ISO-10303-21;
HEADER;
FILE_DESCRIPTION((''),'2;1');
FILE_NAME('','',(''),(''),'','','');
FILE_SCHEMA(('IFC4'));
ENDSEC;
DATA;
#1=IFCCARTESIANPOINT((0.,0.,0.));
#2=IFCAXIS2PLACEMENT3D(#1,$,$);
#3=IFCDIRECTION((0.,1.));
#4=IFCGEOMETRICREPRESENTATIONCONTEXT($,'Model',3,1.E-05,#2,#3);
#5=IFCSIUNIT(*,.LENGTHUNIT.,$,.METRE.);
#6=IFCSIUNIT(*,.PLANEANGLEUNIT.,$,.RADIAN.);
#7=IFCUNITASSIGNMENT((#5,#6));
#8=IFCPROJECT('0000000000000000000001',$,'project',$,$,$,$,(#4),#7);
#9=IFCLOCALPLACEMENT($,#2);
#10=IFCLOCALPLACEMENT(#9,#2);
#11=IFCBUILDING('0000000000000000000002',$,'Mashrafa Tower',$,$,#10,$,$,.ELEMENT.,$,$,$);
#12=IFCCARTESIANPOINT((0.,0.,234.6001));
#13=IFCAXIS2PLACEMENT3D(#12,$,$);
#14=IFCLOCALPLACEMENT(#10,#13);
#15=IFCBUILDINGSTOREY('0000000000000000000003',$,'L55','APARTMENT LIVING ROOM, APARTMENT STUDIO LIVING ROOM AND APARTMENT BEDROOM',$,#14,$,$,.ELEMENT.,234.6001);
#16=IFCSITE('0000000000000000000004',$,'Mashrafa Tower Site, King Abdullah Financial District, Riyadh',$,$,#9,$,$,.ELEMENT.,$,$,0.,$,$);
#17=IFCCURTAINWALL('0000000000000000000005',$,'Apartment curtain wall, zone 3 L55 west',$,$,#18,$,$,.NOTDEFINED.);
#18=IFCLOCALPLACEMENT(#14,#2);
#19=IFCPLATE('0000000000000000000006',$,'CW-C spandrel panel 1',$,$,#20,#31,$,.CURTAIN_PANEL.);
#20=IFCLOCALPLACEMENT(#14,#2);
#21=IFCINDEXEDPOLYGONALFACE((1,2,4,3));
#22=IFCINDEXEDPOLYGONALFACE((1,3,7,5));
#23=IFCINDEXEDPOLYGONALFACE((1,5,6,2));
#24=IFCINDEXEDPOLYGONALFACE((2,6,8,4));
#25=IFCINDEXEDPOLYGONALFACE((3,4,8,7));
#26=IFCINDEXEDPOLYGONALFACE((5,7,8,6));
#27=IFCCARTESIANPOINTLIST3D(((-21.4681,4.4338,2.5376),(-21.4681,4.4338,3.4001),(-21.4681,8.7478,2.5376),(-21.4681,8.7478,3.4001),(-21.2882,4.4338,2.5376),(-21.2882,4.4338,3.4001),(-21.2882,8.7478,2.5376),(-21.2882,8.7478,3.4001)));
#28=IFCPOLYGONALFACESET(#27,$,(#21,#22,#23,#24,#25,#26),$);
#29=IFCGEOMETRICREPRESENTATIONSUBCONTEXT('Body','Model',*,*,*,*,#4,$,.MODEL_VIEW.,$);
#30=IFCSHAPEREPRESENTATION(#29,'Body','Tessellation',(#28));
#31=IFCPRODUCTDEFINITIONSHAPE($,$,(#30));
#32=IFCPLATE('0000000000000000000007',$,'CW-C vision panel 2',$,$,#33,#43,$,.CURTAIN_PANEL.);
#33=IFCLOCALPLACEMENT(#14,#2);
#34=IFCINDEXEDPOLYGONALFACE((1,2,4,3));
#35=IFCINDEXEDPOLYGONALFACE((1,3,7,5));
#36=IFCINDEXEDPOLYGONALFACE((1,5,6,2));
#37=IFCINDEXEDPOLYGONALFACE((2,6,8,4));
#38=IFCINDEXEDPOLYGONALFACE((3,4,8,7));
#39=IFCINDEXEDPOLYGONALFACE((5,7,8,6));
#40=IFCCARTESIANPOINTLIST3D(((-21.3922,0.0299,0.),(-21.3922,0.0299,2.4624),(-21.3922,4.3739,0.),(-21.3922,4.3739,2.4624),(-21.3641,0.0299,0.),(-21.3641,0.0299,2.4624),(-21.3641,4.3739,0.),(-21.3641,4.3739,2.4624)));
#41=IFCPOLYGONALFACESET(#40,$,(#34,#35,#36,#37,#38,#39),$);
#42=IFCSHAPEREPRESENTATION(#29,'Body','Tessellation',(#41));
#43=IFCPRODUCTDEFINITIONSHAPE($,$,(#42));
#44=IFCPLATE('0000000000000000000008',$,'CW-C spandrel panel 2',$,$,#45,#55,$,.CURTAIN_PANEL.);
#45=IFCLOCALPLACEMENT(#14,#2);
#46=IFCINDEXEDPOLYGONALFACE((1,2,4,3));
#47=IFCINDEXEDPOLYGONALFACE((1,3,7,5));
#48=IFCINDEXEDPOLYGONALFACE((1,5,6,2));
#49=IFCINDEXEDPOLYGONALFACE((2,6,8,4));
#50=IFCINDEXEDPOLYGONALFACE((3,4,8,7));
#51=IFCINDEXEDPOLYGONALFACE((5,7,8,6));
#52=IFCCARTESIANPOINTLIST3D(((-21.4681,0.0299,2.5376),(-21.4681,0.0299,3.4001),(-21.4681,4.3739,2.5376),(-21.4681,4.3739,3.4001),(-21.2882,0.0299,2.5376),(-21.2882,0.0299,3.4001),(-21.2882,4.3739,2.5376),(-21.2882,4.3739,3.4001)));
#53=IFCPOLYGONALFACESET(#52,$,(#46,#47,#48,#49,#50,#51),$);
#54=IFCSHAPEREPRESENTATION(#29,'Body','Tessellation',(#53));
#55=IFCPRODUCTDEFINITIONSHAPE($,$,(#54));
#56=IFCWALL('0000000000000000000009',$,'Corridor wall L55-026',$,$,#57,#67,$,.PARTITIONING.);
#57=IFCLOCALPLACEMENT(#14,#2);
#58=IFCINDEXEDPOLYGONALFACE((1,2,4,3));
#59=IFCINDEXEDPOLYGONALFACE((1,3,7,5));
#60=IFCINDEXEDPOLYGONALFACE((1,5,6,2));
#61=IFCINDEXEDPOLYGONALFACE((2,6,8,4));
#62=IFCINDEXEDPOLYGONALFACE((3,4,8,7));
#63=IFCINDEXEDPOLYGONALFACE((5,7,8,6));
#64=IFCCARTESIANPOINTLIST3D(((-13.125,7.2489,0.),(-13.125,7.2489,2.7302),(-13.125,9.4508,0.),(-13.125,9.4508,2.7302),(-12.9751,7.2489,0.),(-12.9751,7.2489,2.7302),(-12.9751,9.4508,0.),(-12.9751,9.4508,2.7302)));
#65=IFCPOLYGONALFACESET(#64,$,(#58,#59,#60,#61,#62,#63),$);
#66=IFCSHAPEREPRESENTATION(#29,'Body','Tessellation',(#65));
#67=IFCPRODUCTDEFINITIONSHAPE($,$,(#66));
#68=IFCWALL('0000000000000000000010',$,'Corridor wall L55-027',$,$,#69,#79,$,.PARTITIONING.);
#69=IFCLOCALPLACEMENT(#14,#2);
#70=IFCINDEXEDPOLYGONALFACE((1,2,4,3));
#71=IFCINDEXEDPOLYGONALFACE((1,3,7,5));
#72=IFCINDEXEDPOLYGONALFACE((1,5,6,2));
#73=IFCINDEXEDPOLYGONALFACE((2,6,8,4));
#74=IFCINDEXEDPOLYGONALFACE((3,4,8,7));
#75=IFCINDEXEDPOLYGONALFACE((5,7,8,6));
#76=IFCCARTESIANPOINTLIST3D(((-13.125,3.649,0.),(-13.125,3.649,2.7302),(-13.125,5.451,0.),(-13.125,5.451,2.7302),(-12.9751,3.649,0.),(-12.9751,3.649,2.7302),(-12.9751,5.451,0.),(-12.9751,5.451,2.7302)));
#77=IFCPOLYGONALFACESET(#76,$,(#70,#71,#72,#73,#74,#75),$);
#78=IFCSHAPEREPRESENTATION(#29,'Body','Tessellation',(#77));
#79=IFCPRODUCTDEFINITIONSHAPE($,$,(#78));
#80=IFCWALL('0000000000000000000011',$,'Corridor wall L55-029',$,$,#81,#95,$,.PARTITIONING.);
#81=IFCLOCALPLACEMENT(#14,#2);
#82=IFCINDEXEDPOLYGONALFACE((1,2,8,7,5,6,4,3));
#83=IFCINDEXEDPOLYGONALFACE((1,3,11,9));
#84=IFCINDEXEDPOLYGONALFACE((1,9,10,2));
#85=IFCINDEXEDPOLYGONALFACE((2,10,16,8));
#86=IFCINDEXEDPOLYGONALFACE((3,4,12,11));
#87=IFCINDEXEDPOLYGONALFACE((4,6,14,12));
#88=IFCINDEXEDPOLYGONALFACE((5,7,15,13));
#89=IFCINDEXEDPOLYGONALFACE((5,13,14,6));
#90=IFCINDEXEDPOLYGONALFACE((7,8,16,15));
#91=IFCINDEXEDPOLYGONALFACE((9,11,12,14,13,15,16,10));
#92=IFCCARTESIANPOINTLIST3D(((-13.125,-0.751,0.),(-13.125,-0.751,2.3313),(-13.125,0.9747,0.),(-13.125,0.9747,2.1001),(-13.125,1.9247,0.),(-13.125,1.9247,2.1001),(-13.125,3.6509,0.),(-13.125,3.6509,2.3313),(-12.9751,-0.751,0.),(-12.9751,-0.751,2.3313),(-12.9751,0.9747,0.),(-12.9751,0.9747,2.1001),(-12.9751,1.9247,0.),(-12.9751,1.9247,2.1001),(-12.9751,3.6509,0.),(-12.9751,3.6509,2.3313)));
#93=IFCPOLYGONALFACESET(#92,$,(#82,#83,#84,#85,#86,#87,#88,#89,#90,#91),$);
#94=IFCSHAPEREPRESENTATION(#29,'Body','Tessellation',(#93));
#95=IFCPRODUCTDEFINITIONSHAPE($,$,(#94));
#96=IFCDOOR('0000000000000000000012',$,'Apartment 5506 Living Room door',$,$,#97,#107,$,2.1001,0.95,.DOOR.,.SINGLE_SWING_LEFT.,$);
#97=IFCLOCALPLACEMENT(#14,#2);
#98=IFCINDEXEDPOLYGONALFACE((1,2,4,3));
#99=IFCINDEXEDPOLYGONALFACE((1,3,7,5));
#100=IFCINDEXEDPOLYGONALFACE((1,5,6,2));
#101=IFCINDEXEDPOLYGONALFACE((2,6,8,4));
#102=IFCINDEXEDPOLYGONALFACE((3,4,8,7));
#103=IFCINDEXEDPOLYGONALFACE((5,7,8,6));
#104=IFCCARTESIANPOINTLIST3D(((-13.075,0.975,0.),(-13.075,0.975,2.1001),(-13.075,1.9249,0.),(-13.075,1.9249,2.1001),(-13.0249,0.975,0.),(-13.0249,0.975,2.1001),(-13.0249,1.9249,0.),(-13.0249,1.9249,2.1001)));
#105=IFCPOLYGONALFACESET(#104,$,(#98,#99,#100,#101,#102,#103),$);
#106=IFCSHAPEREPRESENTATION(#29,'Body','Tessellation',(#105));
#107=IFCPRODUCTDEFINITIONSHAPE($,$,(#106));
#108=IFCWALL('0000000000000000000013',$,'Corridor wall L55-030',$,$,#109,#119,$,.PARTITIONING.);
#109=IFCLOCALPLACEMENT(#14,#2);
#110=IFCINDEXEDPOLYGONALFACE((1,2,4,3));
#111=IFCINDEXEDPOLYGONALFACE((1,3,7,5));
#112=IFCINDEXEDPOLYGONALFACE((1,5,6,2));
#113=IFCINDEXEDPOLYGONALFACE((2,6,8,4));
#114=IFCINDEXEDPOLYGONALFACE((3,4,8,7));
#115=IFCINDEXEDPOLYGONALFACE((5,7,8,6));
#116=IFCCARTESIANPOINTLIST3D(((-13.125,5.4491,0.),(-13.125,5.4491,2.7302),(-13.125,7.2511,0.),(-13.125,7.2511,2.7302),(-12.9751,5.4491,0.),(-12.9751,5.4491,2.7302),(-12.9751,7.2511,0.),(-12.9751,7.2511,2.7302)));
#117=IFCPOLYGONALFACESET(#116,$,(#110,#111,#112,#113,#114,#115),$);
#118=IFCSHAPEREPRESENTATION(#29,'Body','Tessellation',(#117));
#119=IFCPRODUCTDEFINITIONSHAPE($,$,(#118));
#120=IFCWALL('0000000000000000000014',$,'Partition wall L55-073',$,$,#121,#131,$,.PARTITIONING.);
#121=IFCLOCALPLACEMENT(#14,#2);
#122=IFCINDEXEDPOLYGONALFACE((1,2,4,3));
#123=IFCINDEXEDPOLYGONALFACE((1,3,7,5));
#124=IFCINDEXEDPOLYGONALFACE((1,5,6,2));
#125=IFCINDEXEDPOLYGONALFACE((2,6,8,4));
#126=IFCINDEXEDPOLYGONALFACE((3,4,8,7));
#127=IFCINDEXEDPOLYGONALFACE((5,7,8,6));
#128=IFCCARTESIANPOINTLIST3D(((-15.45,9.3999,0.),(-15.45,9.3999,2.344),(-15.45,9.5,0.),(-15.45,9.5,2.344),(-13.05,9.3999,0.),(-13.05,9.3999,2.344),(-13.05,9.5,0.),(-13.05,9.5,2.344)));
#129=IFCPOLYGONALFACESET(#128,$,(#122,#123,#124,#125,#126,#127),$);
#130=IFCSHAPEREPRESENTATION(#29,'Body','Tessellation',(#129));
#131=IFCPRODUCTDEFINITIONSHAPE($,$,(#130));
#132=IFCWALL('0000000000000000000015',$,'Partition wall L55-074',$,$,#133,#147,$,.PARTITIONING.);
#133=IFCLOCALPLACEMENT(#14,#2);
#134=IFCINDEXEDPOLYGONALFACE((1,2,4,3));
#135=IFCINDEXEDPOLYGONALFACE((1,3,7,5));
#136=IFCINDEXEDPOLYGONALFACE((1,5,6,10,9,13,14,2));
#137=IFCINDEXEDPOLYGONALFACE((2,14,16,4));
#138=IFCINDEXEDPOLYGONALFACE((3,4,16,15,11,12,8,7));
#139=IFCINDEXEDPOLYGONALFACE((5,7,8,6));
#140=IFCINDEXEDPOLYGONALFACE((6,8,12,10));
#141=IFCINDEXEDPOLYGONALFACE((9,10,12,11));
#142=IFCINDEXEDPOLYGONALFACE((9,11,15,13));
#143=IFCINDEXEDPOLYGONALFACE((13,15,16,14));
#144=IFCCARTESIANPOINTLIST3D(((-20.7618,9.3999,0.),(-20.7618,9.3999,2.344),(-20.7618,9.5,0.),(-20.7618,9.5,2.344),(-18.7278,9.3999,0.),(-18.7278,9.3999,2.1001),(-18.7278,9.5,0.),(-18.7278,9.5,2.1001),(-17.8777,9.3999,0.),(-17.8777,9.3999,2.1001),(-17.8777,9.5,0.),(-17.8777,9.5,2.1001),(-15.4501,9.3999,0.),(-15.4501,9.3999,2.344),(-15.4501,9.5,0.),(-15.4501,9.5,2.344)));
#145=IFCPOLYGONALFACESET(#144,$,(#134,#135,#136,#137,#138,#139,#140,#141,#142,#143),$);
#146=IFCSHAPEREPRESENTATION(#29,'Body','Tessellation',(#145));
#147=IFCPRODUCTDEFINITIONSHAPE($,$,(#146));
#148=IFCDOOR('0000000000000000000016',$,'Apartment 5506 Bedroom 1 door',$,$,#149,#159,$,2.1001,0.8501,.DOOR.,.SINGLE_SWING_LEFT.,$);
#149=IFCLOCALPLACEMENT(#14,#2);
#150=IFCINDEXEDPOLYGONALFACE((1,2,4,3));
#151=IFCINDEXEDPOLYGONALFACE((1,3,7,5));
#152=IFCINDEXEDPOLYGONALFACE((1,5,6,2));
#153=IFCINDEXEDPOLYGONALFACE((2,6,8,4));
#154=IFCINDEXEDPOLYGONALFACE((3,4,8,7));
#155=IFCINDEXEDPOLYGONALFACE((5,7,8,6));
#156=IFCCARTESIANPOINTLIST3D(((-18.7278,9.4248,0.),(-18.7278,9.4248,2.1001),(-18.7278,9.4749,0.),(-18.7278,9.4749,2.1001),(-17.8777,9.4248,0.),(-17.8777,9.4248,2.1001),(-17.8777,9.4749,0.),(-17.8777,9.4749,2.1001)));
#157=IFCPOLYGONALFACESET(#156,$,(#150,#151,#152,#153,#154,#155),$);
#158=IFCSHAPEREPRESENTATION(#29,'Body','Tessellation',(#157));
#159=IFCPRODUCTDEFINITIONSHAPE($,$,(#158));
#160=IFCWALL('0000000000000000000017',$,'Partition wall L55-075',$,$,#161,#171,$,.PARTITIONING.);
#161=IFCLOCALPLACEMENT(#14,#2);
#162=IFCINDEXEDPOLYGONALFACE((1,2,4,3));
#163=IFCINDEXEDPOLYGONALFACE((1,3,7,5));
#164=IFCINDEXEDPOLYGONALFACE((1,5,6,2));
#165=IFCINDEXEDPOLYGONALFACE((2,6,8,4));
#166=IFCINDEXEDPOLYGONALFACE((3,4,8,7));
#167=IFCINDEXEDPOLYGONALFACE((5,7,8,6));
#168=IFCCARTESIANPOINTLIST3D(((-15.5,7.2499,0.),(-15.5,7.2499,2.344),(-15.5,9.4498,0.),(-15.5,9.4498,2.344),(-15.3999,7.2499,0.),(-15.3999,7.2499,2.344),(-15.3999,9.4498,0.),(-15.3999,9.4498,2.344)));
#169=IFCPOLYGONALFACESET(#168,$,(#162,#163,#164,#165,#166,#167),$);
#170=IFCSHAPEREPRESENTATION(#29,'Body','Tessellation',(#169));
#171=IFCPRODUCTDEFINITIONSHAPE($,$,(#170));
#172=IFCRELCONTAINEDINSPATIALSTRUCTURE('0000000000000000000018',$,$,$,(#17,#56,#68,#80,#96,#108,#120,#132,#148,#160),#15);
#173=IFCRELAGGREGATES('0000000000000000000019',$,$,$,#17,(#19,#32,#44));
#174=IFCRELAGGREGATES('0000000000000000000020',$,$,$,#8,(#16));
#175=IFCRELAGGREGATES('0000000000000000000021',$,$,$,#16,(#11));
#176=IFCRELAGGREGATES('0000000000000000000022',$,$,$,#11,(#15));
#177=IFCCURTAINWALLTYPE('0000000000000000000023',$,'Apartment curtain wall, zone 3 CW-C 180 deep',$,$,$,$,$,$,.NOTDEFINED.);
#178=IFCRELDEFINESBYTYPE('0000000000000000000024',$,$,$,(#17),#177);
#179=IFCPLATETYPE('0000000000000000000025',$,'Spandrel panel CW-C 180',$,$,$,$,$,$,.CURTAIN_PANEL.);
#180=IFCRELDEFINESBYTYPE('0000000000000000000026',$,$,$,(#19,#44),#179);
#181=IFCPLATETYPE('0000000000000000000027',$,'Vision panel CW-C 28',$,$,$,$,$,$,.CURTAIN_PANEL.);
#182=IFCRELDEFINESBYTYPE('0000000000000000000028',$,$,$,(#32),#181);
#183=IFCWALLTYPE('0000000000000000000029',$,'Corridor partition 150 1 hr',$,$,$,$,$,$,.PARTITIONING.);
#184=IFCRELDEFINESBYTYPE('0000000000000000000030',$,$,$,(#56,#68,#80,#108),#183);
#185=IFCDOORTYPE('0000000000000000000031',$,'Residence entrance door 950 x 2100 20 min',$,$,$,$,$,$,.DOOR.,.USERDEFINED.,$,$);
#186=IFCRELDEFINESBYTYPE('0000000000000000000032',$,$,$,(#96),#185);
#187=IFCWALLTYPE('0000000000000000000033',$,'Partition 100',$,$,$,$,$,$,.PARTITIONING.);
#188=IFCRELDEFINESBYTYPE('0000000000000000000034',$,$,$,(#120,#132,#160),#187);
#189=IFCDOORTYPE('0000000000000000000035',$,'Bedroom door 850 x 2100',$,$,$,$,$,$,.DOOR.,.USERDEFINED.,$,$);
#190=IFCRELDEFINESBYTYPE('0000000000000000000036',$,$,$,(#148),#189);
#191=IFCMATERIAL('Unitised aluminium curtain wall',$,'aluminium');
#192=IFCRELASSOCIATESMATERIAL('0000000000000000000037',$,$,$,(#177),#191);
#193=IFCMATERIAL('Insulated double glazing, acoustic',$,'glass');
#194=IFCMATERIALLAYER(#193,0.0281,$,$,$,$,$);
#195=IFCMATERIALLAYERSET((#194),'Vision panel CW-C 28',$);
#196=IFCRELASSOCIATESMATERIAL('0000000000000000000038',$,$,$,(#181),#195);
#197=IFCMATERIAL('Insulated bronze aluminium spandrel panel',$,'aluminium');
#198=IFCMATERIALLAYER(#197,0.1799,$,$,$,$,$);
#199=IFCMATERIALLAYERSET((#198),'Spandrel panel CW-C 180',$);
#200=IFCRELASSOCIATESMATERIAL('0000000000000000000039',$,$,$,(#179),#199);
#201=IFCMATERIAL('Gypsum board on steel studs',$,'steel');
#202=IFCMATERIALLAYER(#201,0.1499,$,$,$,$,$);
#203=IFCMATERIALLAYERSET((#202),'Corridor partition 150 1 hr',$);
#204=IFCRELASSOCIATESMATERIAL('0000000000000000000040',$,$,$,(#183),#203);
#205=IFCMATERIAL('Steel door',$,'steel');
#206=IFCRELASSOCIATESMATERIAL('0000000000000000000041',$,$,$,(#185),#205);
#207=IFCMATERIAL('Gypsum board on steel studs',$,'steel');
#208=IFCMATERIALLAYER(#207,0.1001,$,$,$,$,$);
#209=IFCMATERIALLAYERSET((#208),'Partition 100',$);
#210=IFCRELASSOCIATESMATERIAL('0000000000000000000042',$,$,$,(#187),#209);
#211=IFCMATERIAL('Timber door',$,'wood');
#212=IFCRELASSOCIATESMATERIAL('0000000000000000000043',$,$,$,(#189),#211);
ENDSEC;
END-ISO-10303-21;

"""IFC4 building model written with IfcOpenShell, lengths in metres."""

from ifc_helpers import new_model, si_unit, direction, frame, frame_2d, origin, origin_2d, place, context, subcontext, project, spatial, rectangle, extrude, source, transform, mapped, material, layer, layer_set, type_object, type_shapes, element, fill, aggregate, save


model = new_model("IFC4")

# Units and contexts
model_context = context("Model", 3, precision=1e-05, world=origin(), true_north=direction((0.0, 1.0)))
body_context = subcontext(model_context, "Body", "Model", "MODEL_VIEW")
ifc_project = project(units=[si_unit("LENGTHUNIT", "METRE"), si_unit("PLANEANGLEUNIT", "RADIAN")], contexts=[model_context])

# Site, building, storey
site_placement = place(None, origin())
site = spatial("IfcSite", under=ifc_project, at=site_placement, Name="Mashrafa Tower Site, King Abdullah Financial District, Riyadh", CompositionType="ELEMENT", RefElevation=0.0)
building_placement = place(site_placement, origin())
building = spatial("IfcBuilding", under=site, at=building_placement, Name="Mashrafa Tower", CompositionType="ELEMENT")
storey_placement = place(building_placement, frame((0.0, 0.0, 234.6001)))
storey = spatial("IfcBuildingStorey", under=building, at=storey_placement, Name="L55", Description="APARTMENT LIVING ROOM, APARTMENT STUDIO LIVING ROOM AND APARTMENT BEDROOM", CompositionType="ELEMENT", Elevation=234.6001)

# Shared definitions
ifc_material_1 = material(Name="Unitised aluminium curtain wall", Category="aluminium")
curtain_wall_type = type_object("IfcCurtainWallType", Name="Apartment curtain wall, zone 3 CW-C 180 deep", PredefinedType="NOTDEFINED", material=ifc_material_1)

# Curtain wall, plates
curtain_wall_1_placement = place(storey_placement, origin())
curtain_wall_1 = element("IfcCurtainWall", 1, at=curtain_wall_1_placement, inside=storey, type_object=curtain_wall_type, Name="Apartment curtain wall, zone 3 L55 west", PredefinedType="NOTDEFINED")
ifc_material_2 = material(Name="Insulated double glazing, acoustic", Category="glass")
ifc_layer_1 = layer(ifc_material_2, 0.0281)
ifc_layer_set_1 = layer_set([ifc_layer_1], Name="Vision panel CW-C 28")
plate_type_1 = type_object("IfcPlateType", Name="Vision panel CW-C 28", PredefinedType="CURTAIN_PANEL", material=ifc_layer_set_1)
ifc_material_3 = material(Name="Insulated bronze aluminium spandrel panel", Category="aluminium")
ifc_layer_2 = layer(ifc_material_3, 0.1799)
ifc_layer_set_2 = layer_set([ifc_layer_2], Name="Spandrel panel CW-C 180")
plate_type_2 = type_object("IfcPlateType", Name="Spandrel panel CW-C 180", PredefinedType="CURTAIN_PANEL", material=ifc_layer_set_2)
shared_shape_1 = source(origin(), body_context, "Body", "SweptSolid", [
    extrude(rectangle(XDim=4.314, YDim=0.1799, at=origin_2d()), origin(), (0.0, 0.0, 1.0), 0.8625),
])
plate_1_placement = place(storey_placement, frame((-21.3782, 6.5908, 2.5376), z_axis=(0.0, 0.0, 1.0), x_axis=(0.0, -1.0, 0.0)))
plate_1 = element("IfcPlate", 2, at=plate_1_placement, type_object=plate_type_2, Name="CW-C spandrel panel 1", PredefinedType="CURTAIN_PANEL", context=body_context, shape_type="MappedRepresentation", body=[
    mapped(shared_shape_1, transform((0.0, 0.0, 0.0))),
])
shared_shape_2 = source(origin(), body_context, "Body", "SweptSolid", [
    extrude(rectangle(XDim=4.344, YDim=0.0281, at=origin_2d()), origin(), (0.0, 0.0, 1.0), 2.4624),
])
plate_2_placement = place(storey_placement, frame((-21.3782, 2.2019, 0.0), z_axis=(0.0, 0.0, 1.0), x_axis=(0.0, -1.0, 0.0)))
plate_2 = element("IfcPlate", 3, at=plate_2_placement, type_object=plate_type_1, Name="CW-C vision panel 2", PredefinedType="CURTAIN_PANEL", context=body_context, shape_type="MappedRepresentation", body=[
    mapped(shared_shape_2, transform((0.0, 0.0, 0.0))),
])
shared_shape_3 = source(origin(), body_context, "Body", "SweptSolid", [
    extrude(rectangle(XDim=4.344, YDim=0.1799, at=origin_2d()), origin(), (0.0, 0.0, 1.0), 0.8625),
])
type_shapes(plate_type_2, [shared_shape_1, shared_shape_3])
plate_3_placement = place(storey_placement, frame((-21.3782, 2.2019, 2.5376), z_axis=(0.0, 0.0, 1.0), x_axis=(0.0, -1.0, 0.0)))
plate_3 = element("IfcPlate", 4, at=plate_3_placement, type_object=plate_type_2, Name="CW-C spandrel panel 2", PredefinedType="CURTAIN_PANEL", context=body_context, shape_type="MappedRepresentation", body=[
    mapped(shared_shape_3, transform((0.0, 0.0, 0.0))),
])
aggregate(curtain_wall_1, [plate_1, plate_2, plate_3])

# Walls
ifc_material_4 = material(Name="Gypsum board on steel studs", Category="steel")
ifc_layer_3 = layer(ifc_material_4, 0.1499)
ifc_layer_set_3 = layer_set([ifc_layer_3], Name="Corridor partition 150 1 hr")
wall_type_1 = type_object("IfcWallType", Name="Corridor partition 150 1 hr", PredefinedType="PARTITIONING", material=ifc_layer_set_3)
wall_1_placement = place(storey_placement, frame((-13.05, 9.4509, 0.0), z_axis=(0.0, 0.0, 1.0), x_axis=(0.0, -1.0, 0.0)))
element("IfcWall", 5, at=wall_1_placement, inside=storey, type_object=wall_type_1, Name="Corridor wall L55-026", PredefinedType="PARTITIONING", context=body_context, shape_type="SweptSolid", body=[
    extrude(rectangle(XDim=2.2019, YDim=0.1499, at=frame_2d((1.1011, 0.0))), origin(), (0.0, 0.0, 1.0), 2.7302),
])
wall_2_placement = place(storey_placement, frame((-13.05, 5.4509, 0.0), z_axis=(0.0, 0.0, 1.0), x_axis=(0.0, -1.0, 0.0)))
element("IfcWall", 6, at=wall_2_placement, inside=storey, type_object=wall_type_1, Name="Corridor wall L55-027", PredefinedType="PARTITIONING", context=body_context, shape_type="SweptSolid", body=[
    extrude(rectangle(XDim=1.802, YDim=0.1499, at=frame_2d((0.9009, 0.0))), origin(), (0.0, 0.0, 1.0), 2.7302),
])

# Wall, opening, door
wall_3_placement = place(storey_placement, frame((-13.05, 3.6509, 0.0), z_axis=(0.0, 0.0, 1.0), x_axis=(0.0, -1.0, 0.0)))
wall_3 = element("IfcWall", 7, at=wall_3_placement, inside=storey, type_object=wall_type_1, Name="Corridor wall L55-029", PredefinedType="PARTITIONING", context=body_context, shape_type="SweptSolid", body=[
    extrude(rectangle(XDim=4.4019, YDim=0.1499, at=frame_2d((2.2009, 0.0))), origin(), (0.0, 0.0, 1.0), 2.3313),
])
opening_1_placement = place(wall_3_placement, frame((1.7261, 0.0, 0.0)))
opening_1 = element("IfcOpeningElement", 8, at=opening_1_placement, cuts=wall_3, PredefinedType="OPENING", context=body_context, shape_type="SweptSolid", body=[
    extrude(rectangle(XDim=0.95, YDim=2.1001, at=frame_2d((0.4751, 1.05))), frame((0.0, 0.085, 0.0), z_axis=(0.0, -1.0, 0.0), x_axis=(1.0, 0.0, 0.0)), (0.0, 0.0, 1.0), 0.1699),
])
ifc_material_5 = material(Name="Steel door", Category="steel")
door_type_1 = type_object("IfcDoorType", Name="Residence entrance door 950 x 2100 20 min", OperationType="USERDEFINED", PredefinedType="DOOR", material=ifc_material_5)
door_1_placement = place(opening_1_placement, frame((0.95, 0.0, 0.0), z_axis=(0.0, 0.0, 1.0), x_axis=(-1.0, 0.0, 0.0)))
door_1 = element("IfcDoor", 9, at=door_1_placement, inside=storey, type_object=door_type_1, Name="Apartment 5506 Living Room door", OperationType="SINGLE_SWING_LEFT", OverallHeight=2.1001, OverallWidth=0.95, PredefinedType="DOOR", context=body_context, shape_type="SweptSolid", body=[
    extrude(rectangle(XDim=0.95, YDim=2.1001, at=frame_2d((0.4751, 1.05))), frame((0.0, 0.0249, 0.0), z_axis=(0.0, -1.0, 0.0), x_axis=(1.0, 0.0, 0.0)), (0.0, 0.0, 1.0), 0.05),
])
fill(opening_1, door_1)

# Walls
wall_4_placement = place(storey_placement, frame((-13.05, 7.251, 0.0), z_axis=(0.0, 0.0, 1.0), x_axis=(0.0, -1.0, 0.0)))
element("IfcWall", 10, at=wall_4_placement, inside=storey, type_object=wall_type_1, Name="Corridor wall L55-030", PredefinedType="PARTITIONING", context=body_context, shape_type="SweptSolid", body=[
    extrude(rectangle(XDim=1.802, YDim=0.1499, at=frame_2d((0.9009, 0.0))), origin(), (0.0, 0.0, 1.0), 2.7302),
])
ifc_material_6 = material(Name="Gypsum board on steel studs", Category="steel")
ifc_layer_4 = layer(ifc_material_6, 0.1001)
ifc_layer_set_4 = layer_set([ifc_layer_4], Name="Partition 100")
wall_type_2 = type_object("IfcWallType", Name="Partition 100", PredefinedType="PARTITIONING", material=ifc_layer_set_4)
wall_5_placement = place(storey_placement, frame((-15.45, 9.45, 0.0), z_axis=(0.0, 0.0, 1.0), x_axis=(1.0, 0.0, 0.0)))
element("IfcWall", 11, at=wall_5_placement, inside=storey, type_object=wall_type_2, Name="Partition wall L55-073", PredefinedType="PARTITIONING", context=body_context, shape_type="SweptSolid", body=[
    extrude(rectangle(XDim=2.3999, YDim=0.1001, at=frame_2d((1.2, 0.0))), origin(), (0.0, 0.0, 1.0), 2.344),
])

# Wall, opening, door
wall_6_placement = place(storey_placement, frame((-20.7617, 9.45, 0.0), z_axis=(0.0, 0.0, 1.0), x_axis=(1.0, 0.0, 0.0)))
wall_6 = element("IfcWall", 12, at=wall_6_placement, inside=storey, type_object=wall_type_2, Name="Partition wall L55-074", PredefinedType="PARTITIONING", context=body_context, shape_type="SweptSolid", body=[
    extrude(rectangle(XDim=5.3118, YDim=0.1001, at=frame_2d((2.6558, 0.0))), origin(), (0.0, 0.0, 1.0), 2.344),
])
opening_2_placement = place(wall_6_placement, frame((2.0339, 0.0, 0.0)))
opening_2 = element("IfcOpeningElement", 13, at=opening_2_placement, cuts=wall_6, PredefinedType="OPENING", context=body_context, shape_type="SweptSolid", body=[
    extrude(rectangle(XDim=0.8501, YDim=2.1001, at=frame_2d((0.425, 1.05))), frame((0.0, 0.0601, 0.0), z_axis=(0.0, -1.0, 0.0), x_axis=(1.0, 0.0, 0.0)), (0.0, 0.0, 1.0), 0.1201),
])
ifc_material_7 = material(Name="Timber door", Category="wood")
door_type_2 = type_object("IfcDoorType", Name="Bedroom door 850 x 2100", OperationType="USERDEFINED", PredefinedType="DOOR", material=ifc_material_7)
door_2_placement = place(opening_2_placement, origin())
door_2 = element("IfcDoor", 14, at=door_2_placement, inside=storey, type_object=door_type_2, Name="Apartment 5506 Bedroom 1 door", OperationType="SINGLE_SWING_LEFT", OverallHeight=2.1001, OverallWidth=0.8501, PredefinedType="DOOR", context=body_context, shape_type="SweptSolid", body=[
    extrude(rectangle(XDim=0.8501, YDim=2.1001, at=frame_2d((0.425, 1.05))), frame((0.0, 0.0249, 0.0), z_axis=(0.0, -1.0, 0.0), x_axis=(1.0, 0.0, 0.0)), (0.0, 0.0, 1.0), 0.05),
])
fill(opening_2, door_2)

# Wall
wall_7_placement = place(storey_placement, frame((-15.45, 9.45, 0.0), z_axis=(0.0, 0.0, 1.0), x_axis=(0.0, -1.0, 0.0)))
element("IfcWall", 15, at=wall_7_placement, inside=storey, type_object=wall_type_2, Name="Partition wall L55-075", PredefinedType="PARTITIONING", context=body_context, shape_type="SweptSolid", body=[
    extrude(rectangle(XDim=2.2, YDim=0.1001, at=frame_2d((1.1001, 0.0))), origin(), (0.0, 0.0, 1.0), 2.344),
])

save(model, "model.ifc")
